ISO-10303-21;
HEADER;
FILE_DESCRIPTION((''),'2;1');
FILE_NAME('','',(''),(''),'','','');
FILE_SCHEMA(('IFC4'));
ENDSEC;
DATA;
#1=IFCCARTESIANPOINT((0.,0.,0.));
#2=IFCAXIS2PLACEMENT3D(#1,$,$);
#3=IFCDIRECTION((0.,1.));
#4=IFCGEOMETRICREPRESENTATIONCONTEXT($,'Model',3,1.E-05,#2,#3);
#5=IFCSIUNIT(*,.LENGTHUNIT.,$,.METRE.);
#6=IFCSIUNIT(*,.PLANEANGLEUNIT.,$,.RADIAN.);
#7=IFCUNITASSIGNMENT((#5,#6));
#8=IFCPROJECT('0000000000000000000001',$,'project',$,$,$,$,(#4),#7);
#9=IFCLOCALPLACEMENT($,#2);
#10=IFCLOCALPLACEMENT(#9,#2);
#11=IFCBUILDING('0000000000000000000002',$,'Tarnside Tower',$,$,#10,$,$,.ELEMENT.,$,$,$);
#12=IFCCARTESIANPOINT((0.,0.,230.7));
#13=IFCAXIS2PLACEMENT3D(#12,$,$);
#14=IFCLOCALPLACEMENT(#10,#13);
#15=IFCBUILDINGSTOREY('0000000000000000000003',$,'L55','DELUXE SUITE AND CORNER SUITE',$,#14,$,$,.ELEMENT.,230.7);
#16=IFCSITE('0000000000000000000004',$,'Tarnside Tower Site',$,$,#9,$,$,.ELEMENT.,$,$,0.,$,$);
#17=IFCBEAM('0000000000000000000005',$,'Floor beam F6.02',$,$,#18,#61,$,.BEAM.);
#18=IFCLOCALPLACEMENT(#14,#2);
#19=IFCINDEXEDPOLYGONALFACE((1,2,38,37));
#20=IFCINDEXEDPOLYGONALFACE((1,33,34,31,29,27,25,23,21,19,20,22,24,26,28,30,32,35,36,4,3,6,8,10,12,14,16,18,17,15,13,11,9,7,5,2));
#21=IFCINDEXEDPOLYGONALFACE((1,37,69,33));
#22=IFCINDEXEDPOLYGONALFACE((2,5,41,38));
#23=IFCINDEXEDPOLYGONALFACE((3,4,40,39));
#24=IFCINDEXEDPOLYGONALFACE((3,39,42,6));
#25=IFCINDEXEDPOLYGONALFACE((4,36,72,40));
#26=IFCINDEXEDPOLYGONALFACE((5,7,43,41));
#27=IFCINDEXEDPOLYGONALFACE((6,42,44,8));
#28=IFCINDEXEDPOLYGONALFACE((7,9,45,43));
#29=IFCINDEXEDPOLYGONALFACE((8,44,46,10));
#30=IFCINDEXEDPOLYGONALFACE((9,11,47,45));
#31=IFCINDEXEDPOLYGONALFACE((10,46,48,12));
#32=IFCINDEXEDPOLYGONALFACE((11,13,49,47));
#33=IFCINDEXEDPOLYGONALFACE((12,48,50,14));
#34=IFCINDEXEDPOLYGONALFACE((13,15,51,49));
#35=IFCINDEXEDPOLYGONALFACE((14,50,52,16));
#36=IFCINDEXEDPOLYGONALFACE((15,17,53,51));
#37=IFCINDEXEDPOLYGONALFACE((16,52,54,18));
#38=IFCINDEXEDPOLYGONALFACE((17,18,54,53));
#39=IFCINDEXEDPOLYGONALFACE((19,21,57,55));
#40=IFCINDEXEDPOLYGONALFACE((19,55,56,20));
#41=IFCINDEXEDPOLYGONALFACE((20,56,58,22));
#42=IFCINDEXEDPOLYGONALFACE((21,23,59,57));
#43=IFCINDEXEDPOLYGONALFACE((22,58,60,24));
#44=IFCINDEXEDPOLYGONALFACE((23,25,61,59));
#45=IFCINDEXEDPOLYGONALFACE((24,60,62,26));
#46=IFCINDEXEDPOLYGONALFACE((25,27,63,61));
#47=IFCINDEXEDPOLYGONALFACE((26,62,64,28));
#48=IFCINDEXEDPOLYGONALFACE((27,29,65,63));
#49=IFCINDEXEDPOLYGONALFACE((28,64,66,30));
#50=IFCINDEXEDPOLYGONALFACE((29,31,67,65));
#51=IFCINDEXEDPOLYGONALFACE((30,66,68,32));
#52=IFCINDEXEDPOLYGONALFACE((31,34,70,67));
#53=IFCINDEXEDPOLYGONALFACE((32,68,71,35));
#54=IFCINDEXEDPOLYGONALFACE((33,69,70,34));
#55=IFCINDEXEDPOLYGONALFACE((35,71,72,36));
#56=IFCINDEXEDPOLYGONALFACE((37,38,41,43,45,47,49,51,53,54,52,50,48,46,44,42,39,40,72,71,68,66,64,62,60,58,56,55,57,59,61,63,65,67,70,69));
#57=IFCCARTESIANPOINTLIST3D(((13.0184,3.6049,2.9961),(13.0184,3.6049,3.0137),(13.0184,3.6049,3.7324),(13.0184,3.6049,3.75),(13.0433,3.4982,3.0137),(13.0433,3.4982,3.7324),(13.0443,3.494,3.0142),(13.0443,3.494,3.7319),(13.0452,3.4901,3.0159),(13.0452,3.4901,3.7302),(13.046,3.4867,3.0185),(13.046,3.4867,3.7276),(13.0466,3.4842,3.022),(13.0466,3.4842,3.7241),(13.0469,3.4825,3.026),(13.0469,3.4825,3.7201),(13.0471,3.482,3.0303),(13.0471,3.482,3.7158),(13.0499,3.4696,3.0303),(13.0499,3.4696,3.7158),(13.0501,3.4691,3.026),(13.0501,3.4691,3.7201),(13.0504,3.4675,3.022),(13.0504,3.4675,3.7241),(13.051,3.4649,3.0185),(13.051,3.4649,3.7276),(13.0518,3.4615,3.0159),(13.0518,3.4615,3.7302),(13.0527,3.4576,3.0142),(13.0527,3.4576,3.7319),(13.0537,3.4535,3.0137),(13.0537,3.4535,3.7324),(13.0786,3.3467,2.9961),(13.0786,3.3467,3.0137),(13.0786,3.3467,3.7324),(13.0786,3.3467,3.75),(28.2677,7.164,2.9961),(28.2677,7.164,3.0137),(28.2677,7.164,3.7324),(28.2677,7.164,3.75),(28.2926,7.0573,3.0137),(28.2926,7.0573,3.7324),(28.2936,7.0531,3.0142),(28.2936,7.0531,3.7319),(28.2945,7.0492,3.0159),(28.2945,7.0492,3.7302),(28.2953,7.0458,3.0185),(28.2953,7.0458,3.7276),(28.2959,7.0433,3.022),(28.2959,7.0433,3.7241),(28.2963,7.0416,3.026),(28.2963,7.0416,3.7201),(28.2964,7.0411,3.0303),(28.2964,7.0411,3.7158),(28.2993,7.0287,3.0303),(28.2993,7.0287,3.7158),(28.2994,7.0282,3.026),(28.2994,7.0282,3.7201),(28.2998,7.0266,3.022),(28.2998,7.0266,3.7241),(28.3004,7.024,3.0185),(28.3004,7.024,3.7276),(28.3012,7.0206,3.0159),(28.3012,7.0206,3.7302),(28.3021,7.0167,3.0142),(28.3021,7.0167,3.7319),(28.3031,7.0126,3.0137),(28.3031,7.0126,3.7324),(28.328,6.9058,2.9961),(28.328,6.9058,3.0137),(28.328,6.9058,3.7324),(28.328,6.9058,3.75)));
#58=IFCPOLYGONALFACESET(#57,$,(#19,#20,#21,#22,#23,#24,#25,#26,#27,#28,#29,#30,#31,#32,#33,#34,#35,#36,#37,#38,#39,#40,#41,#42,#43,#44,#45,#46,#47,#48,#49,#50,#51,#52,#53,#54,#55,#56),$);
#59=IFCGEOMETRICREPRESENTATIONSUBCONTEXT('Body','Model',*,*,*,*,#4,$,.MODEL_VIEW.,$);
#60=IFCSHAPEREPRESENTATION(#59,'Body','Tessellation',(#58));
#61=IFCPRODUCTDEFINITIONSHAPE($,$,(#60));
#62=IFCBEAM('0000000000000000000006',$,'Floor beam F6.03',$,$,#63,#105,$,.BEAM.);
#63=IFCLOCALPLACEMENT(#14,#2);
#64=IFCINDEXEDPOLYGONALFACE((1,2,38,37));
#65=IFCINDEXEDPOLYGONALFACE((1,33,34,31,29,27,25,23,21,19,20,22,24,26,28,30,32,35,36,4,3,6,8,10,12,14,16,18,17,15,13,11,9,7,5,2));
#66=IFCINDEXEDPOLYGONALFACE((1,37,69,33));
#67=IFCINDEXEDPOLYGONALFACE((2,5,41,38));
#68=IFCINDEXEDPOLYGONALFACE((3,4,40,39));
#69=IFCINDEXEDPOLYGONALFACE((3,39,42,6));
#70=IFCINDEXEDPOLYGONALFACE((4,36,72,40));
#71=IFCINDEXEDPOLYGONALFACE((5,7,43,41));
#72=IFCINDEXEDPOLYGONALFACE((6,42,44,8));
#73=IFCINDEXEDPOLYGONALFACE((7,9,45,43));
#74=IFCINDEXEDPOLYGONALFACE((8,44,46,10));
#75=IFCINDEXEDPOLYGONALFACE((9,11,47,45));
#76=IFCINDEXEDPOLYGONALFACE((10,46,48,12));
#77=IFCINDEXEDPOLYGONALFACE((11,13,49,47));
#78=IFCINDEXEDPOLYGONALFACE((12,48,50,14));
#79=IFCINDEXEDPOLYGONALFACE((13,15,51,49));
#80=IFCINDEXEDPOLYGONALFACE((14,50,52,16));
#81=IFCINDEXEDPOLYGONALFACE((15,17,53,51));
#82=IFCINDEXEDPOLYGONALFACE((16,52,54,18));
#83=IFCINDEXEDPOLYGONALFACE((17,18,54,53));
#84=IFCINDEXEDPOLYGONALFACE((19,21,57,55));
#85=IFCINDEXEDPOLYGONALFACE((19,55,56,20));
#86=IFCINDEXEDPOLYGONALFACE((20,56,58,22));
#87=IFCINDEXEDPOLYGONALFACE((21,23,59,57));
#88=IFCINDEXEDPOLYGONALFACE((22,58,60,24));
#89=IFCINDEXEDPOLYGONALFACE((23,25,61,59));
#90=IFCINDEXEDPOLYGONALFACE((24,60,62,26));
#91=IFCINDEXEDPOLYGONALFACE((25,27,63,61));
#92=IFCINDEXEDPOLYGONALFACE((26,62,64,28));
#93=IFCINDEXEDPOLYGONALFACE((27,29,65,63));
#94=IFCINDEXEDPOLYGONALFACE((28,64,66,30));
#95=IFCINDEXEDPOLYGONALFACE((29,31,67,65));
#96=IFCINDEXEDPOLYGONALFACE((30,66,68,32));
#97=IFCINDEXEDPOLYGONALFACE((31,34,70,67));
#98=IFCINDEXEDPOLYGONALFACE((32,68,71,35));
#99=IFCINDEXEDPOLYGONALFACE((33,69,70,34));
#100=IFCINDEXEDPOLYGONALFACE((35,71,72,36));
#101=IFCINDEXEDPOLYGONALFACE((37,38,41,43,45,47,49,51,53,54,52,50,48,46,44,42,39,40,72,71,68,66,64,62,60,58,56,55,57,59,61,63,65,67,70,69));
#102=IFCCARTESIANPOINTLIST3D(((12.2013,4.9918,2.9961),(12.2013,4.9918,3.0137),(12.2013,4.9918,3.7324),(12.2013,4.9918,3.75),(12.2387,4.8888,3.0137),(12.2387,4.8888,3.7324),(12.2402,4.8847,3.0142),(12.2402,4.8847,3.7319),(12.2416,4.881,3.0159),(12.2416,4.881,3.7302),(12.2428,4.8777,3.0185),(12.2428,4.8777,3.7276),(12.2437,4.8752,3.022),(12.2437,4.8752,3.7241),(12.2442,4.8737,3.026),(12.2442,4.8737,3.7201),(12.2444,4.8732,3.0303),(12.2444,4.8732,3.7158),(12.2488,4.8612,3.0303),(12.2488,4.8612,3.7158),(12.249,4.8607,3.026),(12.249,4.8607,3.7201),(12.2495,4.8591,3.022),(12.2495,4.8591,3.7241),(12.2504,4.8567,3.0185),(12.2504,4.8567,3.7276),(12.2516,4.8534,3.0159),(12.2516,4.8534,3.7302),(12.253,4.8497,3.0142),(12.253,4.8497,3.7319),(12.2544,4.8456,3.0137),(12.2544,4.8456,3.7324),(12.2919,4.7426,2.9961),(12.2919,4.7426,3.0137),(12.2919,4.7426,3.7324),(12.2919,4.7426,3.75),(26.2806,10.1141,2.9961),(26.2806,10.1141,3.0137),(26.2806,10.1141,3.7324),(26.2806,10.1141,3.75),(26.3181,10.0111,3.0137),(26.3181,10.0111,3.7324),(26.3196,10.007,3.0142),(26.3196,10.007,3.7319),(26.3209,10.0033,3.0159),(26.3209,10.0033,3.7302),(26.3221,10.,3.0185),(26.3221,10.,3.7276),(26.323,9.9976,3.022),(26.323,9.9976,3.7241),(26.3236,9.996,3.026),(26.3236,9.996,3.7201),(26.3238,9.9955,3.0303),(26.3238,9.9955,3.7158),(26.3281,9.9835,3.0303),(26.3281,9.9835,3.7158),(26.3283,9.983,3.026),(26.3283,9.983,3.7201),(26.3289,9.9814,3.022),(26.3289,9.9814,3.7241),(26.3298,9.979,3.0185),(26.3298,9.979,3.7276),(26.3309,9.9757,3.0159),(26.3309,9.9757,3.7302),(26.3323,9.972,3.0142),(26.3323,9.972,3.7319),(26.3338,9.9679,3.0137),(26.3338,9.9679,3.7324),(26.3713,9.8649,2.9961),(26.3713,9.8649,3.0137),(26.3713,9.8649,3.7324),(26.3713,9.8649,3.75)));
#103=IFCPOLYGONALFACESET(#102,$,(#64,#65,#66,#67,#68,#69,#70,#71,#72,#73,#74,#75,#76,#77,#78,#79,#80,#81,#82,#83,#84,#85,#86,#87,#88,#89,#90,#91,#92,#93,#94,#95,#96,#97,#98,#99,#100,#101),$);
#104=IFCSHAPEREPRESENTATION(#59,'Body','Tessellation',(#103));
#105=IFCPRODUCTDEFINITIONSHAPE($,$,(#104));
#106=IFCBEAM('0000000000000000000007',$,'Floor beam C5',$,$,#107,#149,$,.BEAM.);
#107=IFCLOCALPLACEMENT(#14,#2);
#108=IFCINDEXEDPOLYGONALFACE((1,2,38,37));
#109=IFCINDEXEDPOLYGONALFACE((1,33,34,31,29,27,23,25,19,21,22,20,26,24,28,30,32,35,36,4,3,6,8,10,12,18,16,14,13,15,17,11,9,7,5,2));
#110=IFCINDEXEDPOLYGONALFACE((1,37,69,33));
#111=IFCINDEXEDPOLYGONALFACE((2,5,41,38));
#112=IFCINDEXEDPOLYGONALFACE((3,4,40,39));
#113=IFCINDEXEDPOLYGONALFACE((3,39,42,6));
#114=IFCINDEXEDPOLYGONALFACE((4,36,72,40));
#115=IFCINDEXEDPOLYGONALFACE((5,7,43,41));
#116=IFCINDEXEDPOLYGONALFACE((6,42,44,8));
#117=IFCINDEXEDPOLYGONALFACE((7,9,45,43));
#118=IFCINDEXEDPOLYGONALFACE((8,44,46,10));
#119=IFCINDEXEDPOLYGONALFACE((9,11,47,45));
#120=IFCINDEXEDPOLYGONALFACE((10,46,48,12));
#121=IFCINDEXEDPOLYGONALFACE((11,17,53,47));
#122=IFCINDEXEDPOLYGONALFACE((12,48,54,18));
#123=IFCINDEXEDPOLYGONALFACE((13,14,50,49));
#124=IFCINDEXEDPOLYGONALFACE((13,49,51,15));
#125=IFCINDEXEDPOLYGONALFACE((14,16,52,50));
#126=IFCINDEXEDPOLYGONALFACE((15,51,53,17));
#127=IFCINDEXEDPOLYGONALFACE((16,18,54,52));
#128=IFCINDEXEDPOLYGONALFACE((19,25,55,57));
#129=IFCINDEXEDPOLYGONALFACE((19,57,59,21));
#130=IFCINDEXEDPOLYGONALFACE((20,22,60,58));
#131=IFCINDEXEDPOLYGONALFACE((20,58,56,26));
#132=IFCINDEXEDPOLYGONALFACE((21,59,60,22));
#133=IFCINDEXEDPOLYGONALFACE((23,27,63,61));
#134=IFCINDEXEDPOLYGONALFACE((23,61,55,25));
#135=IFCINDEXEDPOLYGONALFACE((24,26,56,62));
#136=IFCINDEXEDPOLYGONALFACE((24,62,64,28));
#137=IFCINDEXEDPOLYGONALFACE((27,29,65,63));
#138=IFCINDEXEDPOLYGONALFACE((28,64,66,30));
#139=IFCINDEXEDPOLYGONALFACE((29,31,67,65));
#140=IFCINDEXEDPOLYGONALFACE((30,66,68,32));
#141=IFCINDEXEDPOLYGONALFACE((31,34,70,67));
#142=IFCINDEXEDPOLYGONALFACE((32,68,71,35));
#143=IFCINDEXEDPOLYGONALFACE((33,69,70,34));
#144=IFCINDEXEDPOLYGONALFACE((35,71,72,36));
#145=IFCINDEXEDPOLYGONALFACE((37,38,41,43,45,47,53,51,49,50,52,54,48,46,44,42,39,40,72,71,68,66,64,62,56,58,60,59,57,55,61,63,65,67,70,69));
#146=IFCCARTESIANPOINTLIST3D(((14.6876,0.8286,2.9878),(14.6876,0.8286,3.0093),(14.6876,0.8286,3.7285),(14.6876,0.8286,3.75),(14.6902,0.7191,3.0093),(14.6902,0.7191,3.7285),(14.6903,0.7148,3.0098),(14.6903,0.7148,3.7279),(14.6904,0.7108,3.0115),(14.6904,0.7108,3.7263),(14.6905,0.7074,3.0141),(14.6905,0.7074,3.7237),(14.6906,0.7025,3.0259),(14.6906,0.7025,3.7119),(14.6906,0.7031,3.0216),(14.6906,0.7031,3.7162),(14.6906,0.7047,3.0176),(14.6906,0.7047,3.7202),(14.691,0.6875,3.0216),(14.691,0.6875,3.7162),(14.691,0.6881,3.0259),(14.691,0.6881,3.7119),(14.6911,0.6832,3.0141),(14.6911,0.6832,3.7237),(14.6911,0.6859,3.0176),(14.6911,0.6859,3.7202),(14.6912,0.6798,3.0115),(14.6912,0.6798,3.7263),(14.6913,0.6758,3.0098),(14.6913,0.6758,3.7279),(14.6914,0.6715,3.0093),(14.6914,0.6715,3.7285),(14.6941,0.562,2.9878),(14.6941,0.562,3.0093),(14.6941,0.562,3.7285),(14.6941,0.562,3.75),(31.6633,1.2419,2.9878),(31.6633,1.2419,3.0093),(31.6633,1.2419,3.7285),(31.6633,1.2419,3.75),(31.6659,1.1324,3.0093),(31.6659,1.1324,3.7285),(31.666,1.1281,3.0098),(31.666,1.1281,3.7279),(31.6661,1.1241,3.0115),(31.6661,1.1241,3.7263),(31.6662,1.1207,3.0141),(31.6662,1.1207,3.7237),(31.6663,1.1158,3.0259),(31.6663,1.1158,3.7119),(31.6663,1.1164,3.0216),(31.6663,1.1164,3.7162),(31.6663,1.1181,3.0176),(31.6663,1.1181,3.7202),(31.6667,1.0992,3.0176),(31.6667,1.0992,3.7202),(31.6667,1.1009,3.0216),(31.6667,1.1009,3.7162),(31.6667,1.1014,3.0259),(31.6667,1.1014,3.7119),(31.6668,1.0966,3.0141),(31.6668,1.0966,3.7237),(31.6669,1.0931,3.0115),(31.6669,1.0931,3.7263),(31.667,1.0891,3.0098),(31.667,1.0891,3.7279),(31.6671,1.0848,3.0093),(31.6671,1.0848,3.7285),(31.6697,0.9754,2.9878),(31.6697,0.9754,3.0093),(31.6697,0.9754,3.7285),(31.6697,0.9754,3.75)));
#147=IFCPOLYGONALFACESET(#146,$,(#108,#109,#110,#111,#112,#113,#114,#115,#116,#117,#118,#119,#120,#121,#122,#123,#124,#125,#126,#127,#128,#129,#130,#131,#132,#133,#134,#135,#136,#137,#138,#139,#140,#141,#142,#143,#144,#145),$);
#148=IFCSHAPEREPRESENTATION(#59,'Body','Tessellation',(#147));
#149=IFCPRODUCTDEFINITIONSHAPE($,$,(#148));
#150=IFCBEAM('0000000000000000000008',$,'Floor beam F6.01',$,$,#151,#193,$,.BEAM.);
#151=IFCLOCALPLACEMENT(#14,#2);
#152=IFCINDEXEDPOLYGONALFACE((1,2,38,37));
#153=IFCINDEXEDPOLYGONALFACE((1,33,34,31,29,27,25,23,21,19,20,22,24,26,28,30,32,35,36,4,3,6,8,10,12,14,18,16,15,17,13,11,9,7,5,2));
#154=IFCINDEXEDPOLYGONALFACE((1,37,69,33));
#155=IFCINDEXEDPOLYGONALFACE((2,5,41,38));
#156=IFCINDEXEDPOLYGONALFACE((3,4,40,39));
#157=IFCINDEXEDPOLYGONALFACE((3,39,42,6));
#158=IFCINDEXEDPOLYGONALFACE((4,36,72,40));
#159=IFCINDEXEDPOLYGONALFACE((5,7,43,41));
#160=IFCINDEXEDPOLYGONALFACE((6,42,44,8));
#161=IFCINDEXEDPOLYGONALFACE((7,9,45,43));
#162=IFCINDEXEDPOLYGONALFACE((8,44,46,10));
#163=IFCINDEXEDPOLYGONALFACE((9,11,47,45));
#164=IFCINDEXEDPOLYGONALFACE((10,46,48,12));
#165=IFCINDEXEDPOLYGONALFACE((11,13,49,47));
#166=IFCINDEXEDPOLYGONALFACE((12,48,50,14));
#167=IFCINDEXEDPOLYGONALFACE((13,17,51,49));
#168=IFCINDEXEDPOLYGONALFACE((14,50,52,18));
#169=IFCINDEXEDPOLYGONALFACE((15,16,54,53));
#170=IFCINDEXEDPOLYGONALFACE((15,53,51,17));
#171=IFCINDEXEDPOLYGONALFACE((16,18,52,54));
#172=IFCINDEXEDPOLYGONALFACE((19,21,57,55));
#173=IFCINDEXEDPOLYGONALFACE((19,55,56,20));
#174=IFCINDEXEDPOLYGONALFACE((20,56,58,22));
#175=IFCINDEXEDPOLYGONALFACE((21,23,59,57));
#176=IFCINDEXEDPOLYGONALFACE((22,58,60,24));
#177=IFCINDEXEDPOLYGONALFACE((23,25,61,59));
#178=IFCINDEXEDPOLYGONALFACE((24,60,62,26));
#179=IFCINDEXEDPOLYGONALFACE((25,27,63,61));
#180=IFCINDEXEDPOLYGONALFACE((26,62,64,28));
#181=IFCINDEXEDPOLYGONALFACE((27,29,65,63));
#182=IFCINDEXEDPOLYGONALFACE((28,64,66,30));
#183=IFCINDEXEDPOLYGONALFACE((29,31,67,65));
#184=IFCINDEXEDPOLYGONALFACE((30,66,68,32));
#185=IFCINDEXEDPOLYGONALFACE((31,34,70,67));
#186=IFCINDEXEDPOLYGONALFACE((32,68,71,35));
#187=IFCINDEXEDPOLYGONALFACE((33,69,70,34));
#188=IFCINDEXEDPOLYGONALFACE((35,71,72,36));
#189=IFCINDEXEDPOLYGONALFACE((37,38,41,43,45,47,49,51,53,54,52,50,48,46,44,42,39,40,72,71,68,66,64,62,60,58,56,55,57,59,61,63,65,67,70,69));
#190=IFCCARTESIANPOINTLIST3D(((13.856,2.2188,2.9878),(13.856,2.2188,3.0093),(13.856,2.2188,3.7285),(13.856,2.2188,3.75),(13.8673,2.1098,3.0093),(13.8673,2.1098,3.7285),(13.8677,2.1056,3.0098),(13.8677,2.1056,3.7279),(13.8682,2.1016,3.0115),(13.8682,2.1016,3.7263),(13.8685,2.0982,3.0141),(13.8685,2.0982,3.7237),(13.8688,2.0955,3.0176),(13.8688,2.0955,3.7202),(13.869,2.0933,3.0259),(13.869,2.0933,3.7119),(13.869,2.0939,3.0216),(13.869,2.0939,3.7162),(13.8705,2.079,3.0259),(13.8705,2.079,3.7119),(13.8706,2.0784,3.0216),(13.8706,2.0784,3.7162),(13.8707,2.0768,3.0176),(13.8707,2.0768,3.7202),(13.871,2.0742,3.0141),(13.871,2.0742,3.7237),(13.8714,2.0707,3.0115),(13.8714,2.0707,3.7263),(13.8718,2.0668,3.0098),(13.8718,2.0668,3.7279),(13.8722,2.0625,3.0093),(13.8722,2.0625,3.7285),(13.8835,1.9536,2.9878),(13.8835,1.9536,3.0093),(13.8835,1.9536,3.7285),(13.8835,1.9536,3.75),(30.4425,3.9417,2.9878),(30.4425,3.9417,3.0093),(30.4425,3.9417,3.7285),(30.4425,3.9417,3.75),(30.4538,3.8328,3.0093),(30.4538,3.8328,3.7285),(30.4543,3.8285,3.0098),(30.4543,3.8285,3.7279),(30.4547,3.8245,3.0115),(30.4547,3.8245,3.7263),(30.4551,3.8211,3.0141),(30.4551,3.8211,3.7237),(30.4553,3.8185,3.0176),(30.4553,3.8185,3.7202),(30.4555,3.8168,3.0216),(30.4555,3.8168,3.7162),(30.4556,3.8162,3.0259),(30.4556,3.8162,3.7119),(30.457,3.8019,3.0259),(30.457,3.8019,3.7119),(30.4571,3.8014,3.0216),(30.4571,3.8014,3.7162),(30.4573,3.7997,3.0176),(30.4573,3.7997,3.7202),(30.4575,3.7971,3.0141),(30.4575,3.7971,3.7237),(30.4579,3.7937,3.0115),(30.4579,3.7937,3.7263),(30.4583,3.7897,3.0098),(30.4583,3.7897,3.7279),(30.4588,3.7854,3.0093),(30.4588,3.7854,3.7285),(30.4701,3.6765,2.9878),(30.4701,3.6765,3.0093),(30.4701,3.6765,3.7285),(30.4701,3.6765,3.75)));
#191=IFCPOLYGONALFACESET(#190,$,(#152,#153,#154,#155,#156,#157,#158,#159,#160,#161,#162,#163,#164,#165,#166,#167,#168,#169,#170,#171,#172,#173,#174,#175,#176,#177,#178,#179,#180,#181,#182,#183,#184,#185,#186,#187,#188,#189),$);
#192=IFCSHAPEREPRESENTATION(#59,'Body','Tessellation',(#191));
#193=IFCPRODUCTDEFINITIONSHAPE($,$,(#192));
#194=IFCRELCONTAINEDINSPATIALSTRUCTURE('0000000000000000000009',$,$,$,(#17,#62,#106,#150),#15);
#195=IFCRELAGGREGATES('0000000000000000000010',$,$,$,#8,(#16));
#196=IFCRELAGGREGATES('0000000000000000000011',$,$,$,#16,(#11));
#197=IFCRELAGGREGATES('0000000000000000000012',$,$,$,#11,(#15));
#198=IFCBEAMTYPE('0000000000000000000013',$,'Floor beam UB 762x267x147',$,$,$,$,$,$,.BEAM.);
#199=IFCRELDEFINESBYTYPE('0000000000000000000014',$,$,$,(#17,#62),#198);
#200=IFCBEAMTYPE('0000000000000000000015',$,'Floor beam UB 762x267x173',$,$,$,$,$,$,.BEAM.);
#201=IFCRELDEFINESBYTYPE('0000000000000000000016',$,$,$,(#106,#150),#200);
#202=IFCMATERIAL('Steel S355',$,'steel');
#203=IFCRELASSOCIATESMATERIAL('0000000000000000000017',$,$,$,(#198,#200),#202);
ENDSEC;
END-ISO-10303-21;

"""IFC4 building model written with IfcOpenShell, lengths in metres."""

from ifc_helpers import new_model, si_unit, direction, frame, origin, origin_2d, place, context, subcontext, project, spatial, i_section, extrude, material, material_profile, profile_set, type_object, element, save


model = new_model("IFC4")

# Units and contexts
model_context = context("Model", 3, precision=1e-05, world=origin(), true_north=direction((0.0, 1.0)))
body_context = subcontext(model_context, "Body", "Model", "MODEL_VIEW")
ifc_project = project(units=[si_unit("LENGTHUNIT", "METRE"), si_unit("PLANEANGLEUNIT", "RADIAN")], contexts=[model_context])

# Site, building, storey
site_placement = place(None, origin())
site = spatial("IfcSite", under=ifc_project, at=site_placement, Name="Tarnside Tower Site", CompositionType="ELEMENT", RefElevation=0.0)
building_placement = place(site_placement, origin())
building = spatial("IfcBuilding", under=site, at=building_placement, Name="Tarnside Tower", CompositionType="ELEMENT")
storey_placement = place(building_placement, frame((0.0, 0.0, 230.7)))
storey = spatial("IfcBuildingStorey", under=building, at=storey_placement, Name="L55", Description="DELUXE SUITE AND CORNER SUITE", CompositionType="ELEMENT", Elevation=230.7)

# Beams
ifc_material_1 = material(Name="Steel S355", Category="steel")
ifc_material_profile_1 = material_profile(ifc_material_1, i_section(OverallWidth=0.2651, OverallDepth=0.7539, WebThickness=0.0127, FlangeThickness=0.0176, FilletRadius=0.0166, at=origin_2d()), Name="UB 762x267x147")
ifc_profile_set_1 = profile_set([ifc_material_profile_1], Name="Steel S355")
beam_type_1 = type_object("IfcBeamType", Name="Floor beam UB 762x267x147", PredefinedType="BEAM", material=ifc_profile_set_1)
beam_1_placement = place(storey_placement, frame((28.2979, 7.0349, 3.373), z_axis=(-0.973828, -0.227285, 0.0), x_axis=(0.227285, -0.973828, 0.0)))
element("IfcBeam", 1, at=beam_1_placement, inside=storey, type_object=beam_type_1, Name="Floor beam F6.02", PredefinedType="BEAM", context=body_context, shape_type="SweptSolid", body=[
    extrude(i_section(OverallWidth=0.2651, OverallDepth=0.7539, WebThickness=0.0127, FlangeThickness=0.0176, FilletRadius=0.0166, at=origin_2d()), origin(), (0.0, 0.0, 1.0), 15.6592),
])
beam_2_placement = place(storey_placement, frame((26.3259, 9.9895, 3.373), z_axis=(-0.939739, -0.341894, 0.0), x_axis=(0.341894, -0.939739, 0.0)))
element("IfcBeam", 2, at=beam_2_placement, inside=storey, type_object=beam_type_1, Name="Floor beam F6.03", PredefinedType="BEAM", context=body_context, shape_type="SweptSolid", body=[
    extrude(i_section(OverallWidth=0.2651, OverallDepth=0.7539, WebThickness=0.0127, FlangeThickness=0.0176, FilletRadius=0.0166, at=origin_2d()), origin(), (0.0, 0.0, 1.0), 14.9822),
])
ifc_material_profile_2 = material_profile(ifc_material_1, i_section(OverallWidth=0.2666, OverallDepth=0.7622, WebThickness=0.0144, FlangeThickness=0.0215, FilletRadius=0.0166, at=origin_2d()), Name="UB 762x267x173")
ifc_profile_set_2 = profile_set([ifc_material_profile_2], Name="Steel S355")
beam_type_2 = type_object("IfcBeamType", Name="Floor beam UB 762x267x173", PredefinedType="BEAM", material=ifc_profile_set_2)
beam_3_placement = place(storey_placement, frame((31.6665, 1.1086, 3.3689), z_axis=(-0.999704, -0.024341, 0.0), x_axis=(0.024341, -0.999704, 0.0)))
element("IfcBeam", 3, at=beam_3_placement, inside=storey, type_object=beam_type_2, Name="Floor beam C5", PredefinedType="BEAM", context=body_context, shape_type="SweptSolid", body=[
    extrude(i_section(OverallWidth=0.2666, OverallDepth=0.7622, WebThickness=0.0144, FlangeThickness=0.0215, FilletRadius=0.0166, at=origin_2d()), origin(), (0.0, 0.0, 1.0), 16.9807),
])
beam_4_placement = place(storey_placement, frame((30.4563, 3.8091, 3.3689), z_axis=(-0.994648, -0.103318, 0.0), x_axis=(0.103318, -0.994648, 0.0)))
element("IfcBeam", 4, at=beam_4_placement, inside=storey, type_object=beam_type_2, Name="Floor beam F6.01", PredefinedType="BEAM", context=body_context, shape_type="SweptSolid", body=[
    extrude(i_section(OverallWidth=0.2666, OverallDepth=0.7622, WebThickness=0.0144, FlangeThickness=0.0215, FilletRadius=0.0166, at=origin_2d()), origin(), (0.0, 0.0, 1.0), 16.6758),
])

save(model, "model.ifc")
